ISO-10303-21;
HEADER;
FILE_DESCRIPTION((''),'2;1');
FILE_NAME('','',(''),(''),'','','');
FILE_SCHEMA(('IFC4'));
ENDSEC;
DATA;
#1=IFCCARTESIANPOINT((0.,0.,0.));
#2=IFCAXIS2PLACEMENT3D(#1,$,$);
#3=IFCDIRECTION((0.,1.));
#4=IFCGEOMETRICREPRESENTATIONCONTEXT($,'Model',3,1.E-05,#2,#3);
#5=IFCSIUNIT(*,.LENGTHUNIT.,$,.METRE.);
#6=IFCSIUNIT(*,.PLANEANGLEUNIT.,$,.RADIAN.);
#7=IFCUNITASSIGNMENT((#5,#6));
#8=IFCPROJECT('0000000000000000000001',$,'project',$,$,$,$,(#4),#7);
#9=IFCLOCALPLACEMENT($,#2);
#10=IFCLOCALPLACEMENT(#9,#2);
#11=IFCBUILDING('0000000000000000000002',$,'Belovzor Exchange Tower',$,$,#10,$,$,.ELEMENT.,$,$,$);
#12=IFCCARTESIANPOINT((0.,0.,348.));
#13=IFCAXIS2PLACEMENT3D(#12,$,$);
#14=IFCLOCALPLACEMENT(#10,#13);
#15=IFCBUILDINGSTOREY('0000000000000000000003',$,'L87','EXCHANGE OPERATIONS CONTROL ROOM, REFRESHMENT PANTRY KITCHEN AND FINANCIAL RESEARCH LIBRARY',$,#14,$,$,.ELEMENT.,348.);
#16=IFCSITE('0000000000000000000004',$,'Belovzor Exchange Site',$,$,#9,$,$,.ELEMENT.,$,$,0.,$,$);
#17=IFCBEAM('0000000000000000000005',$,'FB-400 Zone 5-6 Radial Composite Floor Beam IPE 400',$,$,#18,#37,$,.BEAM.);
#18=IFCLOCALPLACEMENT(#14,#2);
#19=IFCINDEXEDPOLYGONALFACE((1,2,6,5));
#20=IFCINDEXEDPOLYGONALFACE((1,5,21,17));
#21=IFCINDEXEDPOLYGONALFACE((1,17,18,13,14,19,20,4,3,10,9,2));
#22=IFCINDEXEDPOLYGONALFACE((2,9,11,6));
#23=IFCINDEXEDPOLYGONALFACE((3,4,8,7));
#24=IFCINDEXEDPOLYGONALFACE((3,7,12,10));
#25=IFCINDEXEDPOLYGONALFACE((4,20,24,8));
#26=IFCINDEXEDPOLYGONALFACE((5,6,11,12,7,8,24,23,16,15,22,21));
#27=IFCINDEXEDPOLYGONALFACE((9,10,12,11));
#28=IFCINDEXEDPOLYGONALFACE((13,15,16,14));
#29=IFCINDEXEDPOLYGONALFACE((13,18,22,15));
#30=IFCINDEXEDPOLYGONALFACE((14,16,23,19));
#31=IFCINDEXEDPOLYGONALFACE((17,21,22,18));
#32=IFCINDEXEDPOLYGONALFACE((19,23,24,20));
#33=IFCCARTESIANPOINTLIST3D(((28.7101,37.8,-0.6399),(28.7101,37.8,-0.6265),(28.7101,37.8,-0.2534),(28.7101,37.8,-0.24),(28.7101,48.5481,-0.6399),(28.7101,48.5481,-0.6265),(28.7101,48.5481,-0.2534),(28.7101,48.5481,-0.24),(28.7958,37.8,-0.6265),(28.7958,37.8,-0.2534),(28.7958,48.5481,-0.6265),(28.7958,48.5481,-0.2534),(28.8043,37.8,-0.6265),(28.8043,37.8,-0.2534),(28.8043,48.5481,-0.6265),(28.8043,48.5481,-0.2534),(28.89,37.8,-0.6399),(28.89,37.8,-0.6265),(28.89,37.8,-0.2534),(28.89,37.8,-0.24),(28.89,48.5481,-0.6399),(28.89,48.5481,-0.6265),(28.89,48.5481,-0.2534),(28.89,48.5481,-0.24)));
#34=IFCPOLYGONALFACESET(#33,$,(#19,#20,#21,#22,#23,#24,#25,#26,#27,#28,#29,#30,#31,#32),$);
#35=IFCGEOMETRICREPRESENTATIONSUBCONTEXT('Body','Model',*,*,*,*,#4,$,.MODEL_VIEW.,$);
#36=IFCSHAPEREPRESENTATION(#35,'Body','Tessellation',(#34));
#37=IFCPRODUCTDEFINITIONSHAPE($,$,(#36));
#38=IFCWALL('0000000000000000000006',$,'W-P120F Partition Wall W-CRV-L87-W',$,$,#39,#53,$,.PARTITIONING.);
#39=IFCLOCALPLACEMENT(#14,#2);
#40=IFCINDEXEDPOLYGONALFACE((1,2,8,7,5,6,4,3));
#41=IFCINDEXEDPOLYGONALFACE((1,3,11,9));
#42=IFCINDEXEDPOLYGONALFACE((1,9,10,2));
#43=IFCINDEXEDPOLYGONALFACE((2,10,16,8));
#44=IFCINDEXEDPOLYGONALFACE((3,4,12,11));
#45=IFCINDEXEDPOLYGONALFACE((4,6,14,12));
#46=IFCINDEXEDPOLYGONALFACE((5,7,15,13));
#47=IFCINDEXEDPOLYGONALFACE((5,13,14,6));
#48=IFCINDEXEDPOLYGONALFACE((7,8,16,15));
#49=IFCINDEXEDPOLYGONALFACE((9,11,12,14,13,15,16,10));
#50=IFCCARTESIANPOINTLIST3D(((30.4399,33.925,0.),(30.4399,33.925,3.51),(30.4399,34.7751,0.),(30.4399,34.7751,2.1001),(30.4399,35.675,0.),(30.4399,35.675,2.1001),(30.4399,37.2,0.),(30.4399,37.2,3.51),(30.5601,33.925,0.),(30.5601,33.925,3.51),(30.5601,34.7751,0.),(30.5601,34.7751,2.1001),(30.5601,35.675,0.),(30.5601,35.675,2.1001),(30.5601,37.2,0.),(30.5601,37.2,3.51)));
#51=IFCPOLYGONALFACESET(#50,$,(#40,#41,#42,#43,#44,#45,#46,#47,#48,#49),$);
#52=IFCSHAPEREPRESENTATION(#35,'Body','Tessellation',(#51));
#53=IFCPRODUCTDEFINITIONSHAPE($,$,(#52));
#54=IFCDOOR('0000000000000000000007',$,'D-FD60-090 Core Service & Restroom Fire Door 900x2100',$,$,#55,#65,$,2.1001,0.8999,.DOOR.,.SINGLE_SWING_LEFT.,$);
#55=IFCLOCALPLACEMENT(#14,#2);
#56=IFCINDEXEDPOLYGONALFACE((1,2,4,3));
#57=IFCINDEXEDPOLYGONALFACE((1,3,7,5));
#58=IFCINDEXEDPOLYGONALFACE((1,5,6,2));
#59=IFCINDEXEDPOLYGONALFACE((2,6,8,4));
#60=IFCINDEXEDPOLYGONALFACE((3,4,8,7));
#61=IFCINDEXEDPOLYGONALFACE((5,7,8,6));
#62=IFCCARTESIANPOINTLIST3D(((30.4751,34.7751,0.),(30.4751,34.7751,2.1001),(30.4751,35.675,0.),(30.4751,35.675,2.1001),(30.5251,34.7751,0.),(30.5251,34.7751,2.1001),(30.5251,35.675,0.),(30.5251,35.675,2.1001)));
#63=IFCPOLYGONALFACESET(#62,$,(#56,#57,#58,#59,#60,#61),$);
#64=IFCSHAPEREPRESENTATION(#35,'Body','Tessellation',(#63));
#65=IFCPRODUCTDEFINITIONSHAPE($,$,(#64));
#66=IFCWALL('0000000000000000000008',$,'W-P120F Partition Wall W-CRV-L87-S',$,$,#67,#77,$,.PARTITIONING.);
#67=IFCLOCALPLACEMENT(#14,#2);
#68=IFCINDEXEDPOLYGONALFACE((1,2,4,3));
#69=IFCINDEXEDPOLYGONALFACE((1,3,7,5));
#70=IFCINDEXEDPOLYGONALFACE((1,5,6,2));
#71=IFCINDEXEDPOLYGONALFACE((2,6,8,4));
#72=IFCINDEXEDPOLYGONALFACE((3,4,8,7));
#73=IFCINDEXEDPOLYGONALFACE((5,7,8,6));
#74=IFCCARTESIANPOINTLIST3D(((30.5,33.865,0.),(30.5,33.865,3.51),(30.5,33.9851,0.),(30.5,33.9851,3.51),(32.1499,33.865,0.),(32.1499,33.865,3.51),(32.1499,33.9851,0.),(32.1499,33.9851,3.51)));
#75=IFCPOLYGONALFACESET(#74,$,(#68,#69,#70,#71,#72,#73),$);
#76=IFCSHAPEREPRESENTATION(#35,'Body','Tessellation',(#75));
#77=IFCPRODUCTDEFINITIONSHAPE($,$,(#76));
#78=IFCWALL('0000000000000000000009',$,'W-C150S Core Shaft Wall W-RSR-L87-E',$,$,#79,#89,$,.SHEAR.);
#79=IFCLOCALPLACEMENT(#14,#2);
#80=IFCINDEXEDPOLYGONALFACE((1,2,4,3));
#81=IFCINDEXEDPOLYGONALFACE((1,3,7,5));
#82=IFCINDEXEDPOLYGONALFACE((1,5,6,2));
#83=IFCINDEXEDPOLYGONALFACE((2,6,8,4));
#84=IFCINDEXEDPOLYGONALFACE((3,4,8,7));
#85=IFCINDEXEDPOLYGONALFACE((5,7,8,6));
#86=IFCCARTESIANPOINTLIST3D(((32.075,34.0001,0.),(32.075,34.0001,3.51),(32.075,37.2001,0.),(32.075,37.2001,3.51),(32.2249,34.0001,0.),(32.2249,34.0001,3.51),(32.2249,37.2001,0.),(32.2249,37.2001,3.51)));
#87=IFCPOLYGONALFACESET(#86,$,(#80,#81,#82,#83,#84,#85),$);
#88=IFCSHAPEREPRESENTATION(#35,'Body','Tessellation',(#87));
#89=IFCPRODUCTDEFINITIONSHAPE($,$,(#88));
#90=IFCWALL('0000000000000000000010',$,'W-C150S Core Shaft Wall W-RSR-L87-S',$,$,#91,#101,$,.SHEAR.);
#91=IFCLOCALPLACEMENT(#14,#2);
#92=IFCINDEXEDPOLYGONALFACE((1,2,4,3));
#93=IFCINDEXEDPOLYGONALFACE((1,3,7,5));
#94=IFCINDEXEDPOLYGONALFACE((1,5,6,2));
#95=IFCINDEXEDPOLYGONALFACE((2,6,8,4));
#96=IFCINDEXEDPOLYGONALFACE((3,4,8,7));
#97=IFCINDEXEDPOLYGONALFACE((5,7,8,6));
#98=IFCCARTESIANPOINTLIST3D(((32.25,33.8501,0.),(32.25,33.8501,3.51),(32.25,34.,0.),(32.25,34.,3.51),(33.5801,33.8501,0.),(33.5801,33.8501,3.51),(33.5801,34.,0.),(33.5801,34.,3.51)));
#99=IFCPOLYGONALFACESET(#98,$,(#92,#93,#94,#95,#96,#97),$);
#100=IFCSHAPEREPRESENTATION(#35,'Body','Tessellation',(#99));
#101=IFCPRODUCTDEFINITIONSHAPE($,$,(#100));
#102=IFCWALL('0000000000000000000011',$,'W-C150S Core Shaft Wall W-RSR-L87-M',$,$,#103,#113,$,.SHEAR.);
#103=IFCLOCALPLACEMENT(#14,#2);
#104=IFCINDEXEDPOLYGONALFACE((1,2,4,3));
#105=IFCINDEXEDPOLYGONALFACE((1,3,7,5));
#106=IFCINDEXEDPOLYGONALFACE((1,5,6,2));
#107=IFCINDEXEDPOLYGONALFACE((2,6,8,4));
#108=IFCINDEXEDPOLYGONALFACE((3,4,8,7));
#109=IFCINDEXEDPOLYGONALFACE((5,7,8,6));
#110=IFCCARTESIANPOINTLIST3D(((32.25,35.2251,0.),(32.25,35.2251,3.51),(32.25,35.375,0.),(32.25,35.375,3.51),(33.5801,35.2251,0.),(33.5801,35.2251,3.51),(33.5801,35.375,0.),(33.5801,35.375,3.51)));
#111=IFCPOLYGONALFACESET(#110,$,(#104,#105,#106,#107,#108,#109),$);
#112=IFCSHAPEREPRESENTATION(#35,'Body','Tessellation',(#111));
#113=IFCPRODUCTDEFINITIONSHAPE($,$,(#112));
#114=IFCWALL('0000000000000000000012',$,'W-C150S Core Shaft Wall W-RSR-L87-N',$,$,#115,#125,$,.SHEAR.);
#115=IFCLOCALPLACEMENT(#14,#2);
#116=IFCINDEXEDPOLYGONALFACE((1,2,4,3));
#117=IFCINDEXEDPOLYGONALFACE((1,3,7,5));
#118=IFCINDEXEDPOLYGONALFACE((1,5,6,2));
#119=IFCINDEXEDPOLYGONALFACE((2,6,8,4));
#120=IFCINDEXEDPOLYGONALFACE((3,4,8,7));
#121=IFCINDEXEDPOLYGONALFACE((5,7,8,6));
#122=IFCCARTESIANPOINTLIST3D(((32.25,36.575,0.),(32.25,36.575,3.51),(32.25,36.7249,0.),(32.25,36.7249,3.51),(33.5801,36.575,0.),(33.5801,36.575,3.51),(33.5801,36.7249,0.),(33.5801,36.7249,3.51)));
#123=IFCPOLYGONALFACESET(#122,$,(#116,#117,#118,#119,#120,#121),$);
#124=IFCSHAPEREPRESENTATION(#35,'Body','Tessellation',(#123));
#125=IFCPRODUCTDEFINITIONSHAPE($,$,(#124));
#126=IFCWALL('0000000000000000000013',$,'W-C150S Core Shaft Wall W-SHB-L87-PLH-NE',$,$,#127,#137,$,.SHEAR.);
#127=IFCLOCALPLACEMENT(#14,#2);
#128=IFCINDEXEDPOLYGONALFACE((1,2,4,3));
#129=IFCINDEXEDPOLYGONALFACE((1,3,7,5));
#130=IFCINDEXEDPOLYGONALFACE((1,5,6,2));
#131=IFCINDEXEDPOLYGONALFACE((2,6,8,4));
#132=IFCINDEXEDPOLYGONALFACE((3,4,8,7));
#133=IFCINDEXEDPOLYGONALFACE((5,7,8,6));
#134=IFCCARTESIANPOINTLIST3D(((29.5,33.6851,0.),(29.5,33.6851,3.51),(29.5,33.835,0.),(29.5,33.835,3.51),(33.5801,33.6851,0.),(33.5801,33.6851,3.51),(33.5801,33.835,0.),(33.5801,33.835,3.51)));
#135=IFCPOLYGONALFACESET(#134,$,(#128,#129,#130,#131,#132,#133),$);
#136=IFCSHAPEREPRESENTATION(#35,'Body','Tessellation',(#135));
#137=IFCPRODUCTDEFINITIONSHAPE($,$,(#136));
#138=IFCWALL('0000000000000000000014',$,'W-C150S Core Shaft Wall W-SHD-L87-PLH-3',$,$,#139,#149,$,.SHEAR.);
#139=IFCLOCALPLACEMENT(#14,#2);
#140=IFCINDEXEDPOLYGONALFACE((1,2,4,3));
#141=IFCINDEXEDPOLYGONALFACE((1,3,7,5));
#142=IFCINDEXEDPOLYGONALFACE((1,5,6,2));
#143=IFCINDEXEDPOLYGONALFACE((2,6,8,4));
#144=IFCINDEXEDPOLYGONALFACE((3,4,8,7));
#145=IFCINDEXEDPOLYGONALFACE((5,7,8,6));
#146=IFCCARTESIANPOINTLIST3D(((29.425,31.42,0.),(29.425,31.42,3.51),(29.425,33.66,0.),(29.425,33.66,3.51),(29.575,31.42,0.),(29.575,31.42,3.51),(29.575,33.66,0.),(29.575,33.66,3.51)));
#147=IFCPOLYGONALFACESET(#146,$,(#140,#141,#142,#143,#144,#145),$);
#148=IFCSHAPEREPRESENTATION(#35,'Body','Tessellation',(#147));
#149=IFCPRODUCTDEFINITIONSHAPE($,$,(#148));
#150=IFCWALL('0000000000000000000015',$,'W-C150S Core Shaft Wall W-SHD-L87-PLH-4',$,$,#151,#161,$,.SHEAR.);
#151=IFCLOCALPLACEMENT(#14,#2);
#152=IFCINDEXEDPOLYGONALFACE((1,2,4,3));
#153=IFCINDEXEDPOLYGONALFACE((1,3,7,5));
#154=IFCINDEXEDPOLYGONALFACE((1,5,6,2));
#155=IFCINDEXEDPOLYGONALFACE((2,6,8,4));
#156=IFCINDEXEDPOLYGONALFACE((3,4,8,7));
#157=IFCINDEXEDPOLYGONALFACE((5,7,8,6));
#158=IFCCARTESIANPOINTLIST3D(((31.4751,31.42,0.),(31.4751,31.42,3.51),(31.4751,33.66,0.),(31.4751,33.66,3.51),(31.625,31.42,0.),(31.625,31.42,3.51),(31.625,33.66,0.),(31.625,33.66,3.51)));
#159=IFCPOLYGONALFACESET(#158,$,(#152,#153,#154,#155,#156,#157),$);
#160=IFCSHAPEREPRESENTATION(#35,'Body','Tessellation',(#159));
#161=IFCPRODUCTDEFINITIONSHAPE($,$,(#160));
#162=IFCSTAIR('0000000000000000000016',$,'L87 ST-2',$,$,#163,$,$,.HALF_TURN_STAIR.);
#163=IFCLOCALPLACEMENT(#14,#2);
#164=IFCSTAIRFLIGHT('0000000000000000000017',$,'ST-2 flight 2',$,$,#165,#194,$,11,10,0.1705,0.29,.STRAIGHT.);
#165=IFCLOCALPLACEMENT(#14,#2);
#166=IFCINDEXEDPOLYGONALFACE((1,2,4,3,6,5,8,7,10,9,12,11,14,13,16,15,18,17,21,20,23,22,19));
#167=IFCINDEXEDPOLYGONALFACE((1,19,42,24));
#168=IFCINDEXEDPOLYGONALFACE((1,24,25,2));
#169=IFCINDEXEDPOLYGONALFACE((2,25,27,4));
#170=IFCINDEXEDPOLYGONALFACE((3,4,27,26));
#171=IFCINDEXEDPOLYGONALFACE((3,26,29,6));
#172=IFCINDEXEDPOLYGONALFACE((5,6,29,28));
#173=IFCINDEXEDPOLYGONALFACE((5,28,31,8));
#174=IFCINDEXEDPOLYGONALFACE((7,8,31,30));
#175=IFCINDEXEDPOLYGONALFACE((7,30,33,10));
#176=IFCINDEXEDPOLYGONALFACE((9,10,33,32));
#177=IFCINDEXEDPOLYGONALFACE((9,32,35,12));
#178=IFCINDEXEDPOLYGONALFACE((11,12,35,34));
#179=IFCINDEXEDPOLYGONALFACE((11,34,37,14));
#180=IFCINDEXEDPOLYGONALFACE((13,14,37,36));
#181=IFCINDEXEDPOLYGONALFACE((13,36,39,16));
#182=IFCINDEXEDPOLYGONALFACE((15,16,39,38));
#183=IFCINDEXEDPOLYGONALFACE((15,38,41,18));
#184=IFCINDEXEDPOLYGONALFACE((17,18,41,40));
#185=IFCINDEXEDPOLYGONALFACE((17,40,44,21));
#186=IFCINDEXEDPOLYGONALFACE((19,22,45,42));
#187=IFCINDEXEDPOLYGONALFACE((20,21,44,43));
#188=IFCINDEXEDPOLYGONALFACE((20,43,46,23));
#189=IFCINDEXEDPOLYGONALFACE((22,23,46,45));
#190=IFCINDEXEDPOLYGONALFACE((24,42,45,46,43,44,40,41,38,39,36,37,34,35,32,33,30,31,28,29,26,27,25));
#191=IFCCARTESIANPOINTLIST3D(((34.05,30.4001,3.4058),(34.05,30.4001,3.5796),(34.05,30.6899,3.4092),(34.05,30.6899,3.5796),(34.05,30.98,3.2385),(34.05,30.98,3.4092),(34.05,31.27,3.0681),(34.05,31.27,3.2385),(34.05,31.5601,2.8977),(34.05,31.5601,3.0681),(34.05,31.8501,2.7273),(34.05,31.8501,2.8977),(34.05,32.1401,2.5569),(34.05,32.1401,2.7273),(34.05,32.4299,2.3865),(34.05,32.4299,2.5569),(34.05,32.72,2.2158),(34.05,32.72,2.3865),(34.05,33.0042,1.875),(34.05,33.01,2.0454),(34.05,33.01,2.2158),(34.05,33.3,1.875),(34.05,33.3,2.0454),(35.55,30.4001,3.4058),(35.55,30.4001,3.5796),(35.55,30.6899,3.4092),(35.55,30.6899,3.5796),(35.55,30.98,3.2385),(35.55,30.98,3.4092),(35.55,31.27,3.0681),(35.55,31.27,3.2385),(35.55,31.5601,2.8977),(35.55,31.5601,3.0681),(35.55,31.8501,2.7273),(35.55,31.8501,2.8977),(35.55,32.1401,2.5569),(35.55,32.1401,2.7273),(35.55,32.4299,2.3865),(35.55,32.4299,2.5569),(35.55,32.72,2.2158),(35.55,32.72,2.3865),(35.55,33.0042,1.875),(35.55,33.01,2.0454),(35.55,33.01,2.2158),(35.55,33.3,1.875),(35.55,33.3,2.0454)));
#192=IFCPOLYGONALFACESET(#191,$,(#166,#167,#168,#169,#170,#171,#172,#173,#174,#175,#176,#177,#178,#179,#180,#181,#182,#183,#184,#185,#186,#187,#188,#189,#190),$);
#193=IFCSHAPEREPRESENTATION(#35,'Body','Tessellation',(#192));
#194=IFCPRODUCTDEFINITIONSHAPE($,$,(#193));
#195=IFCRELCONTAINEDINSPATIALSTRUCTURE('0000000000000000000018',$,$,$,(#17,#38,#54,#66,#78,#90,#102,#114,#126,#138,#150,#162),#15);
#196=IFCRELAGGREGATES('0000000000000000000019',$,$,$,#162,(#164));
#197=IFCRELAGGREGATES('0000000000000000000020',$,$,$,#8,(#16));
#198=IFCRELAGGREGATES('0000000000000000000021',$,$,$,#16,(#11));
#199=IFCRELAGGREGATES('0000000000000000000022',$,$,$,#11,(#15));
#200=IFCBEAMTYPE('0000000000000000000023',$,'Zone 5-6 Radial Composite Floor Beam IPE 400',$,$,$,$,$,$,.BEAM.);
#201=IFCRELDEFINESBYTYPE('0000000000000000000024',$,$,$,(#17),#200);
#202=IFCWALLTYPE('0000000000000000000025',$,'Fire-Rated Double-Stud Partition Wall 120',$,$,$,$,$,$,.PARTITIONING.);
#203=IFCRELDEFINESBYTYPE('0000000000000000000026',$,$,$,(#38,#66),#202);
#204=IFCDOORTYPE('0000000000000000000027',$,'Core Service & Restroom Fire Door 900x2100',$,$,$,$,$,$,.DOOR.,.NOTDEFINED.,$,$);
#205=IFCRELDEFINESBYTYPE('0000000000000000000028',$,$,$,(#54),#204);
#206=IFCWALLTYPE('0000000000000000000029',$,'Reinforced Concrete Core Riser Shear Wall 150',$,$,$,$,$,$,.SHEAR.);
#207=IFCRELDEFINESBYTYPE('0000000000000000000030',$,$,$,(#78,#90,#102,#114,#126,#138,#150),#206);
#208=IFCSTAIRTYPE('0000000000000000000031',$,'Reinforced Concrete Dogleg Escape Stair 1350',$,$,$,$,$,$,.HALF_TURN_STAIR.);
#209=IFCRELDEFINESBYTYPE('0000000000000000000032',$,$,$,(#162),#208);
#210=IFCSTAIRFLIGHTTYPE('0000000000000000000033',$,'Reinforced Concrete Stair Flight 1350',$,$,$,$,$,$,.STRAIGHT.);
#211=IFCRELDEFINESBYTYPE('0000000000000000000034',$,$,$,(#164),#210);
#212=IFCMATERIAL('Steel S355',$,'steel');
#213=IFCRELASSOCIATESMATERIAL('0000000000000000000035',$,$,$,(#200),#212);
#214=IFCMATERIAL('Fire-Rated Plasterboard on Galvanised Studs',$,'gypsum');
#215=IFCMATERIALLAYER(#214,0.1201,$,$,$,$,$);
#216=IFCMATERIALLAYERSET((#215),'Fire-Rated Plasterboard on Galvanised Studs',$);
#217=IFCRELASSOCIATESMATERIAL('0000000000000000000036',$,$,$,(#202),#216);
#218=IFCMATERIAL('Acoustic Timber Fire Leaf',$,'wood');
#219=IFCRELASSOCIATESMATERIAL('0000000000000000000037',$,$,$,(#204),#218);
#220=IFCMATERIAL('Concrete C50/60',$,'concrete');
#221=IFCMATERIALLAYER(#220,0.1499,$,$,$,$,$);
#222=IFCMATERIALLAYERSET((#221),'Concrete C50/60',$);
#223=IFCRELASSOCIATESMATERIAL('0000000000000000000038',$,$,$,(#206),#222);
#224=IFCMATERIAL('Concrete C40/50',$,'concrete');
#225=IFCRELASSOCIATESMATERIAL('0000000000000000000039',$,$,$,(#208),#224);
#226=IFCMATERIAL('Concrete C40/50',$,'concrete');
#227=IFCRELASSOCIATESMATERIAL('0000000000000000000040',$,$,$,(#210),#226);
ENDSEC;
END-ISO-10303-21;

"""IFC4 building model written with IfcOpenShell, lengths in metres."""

from ifc_helpers import new_model, si_unit, direction, frame, frame_2d, origin, origin_2d, place, context, subcontext, project, spatial, polyline, rectangle, i_section, outline, extrude, material, layer, layer_set, material_profile, profile_set, type_object, element, fill, aggregate, save


model = new_model("IFC4")

# Units and contexts
model_context = context("Model", 3, precision=1e-05, world=origin(), true_north=direction((0.0, 1.0)))
body_context = subcontext(model_context, "Body", "Model", "MODEL_VIEW")
ifc_project = project(units=[si_unit("LENGTHUNIT", "METRE"), si_unit("PLANEANGLEUNIT", "RADIAN")], contexts=[model_context])

# Site, building, storey
site_placement = place(None, origin())
site = spatial("IfcSite", under=ifc_project, at=site_placement, Name="Belovzor Exchange Site", CompositionType="ELEMENT", RefElevation=0.0)
building_placement = place(site_placement, origin())
building = spatial("IfcBuilding", under=site, at=building_placement, Name="Belovzor Exchange Tower", CompositionType="ELEMENT")
storey_placement = place(building_placement, frame((0.0, 0.0, 348.0)))
storey = spatial("IfcBuildingStorey", under=building, at=storey_placement, Name="L87", Description="EXCHANGE OPERATIONS CONTROL ROOM, REFRESHMENT PANTRY KITCHEN AND FINANCIAL RESEARCH LIBRARY", CompositionType="ELEMENT", Elevation=348.0)

# Beam
ifc_material_1 = material(Name="Steel S355", Category="steel")
ifc_material_profile = material_profile(ifc_material_1, i_section(OverallWidth=0.1799, OverallDepth=0.3999, WebThickness=0.0085, FlangeThickness=0.0134, at=origin_2d()))
ifc_profile_set = profile_set([ifc_material_profile], Name="Steel S355")
beam_type = type_object("IfcBeamType", Name="Zone 5-6 Radial Composite Floor Beam IPE 400", PredefinedType="BEAM", material=ifc_profile_set)
beam_placement = place(storey_placement, frame((28.8, 37.8, -0.4399), z_axis=(0.0, 1.0, 0.0), x_axis=(-1.0, 0.0, 0.0)))
element("IfcBeam", 1, at=beam_placement, inside=storey, type_object=beam_type, Name="FB-400 Zone 5-6 Radial Composite Floor Beam IPE 400", PredefinedType="BEAM", context=body_context, shape_type="SweptSolid", body=[
    extrude(i_section(OverallWidth=0.1799, OverallDepth=0.3999, WebThickness=0.0085, FlangeThickness=0.0134, at=origin_2d()), origin(), (0.0, 0.0, 1.0), 10.748),
])

# Wall, opening, door
ifc_material_2 = material(Name="Fire-Rated Plasterboard on Galvanised Studs", Category="gypsum")
ifc_layer_1 = layer(ifc_material_2, 0.1201)
ifc_layer_set_1 = layer_set([ifc_layer_1], Name="Fire-Rated Plasterboard on Galvanised Studs")
wall_type_1 = type_object("IfcWallType", Name="Fire-Rated Double-Stud Partition Wall 120", PredefinedType="PARTITIONING", material=ifc_layer_set_1)
wall_1_placement = place(storey_placement, frame((30.5, 33.925, 0.0), z_axis=(0.0, 0.0, 1.0), x_axis=(0.0, 1.0, 0.0)))
wall_1 = element("IfcWall", 2, at=wall_1_placement, inside=storey, type_object=wall_type_1, Name="W-P120F Partition Wall W-CRV-L87-W", PredefinedType="PARTITIONING", context=body_context, shape_type="SweptSolid", body=[
    extrude(rectangle(XDim=3.2749, YDim=0.1201, at=frame_2d((1.6375, 0.0))), origin(), (0.0, 0.0, 1.0), 3.51),
])
opening_1_placement = place(wall_1_placement, frame((0.8501, 0.0, 0.0)))
opening_1 = element("IfcOpeningElement", 3, at=opening_1_placement, cuts=wall_1, PredefinedType="OPENING", context=body_context, shape_type="SweptSolid", body=[
    extrude(rectangle(XDim=0.8999, YDim=2.1001, at=frame_2d((0.45, 1.05))), frame((0.0, 0.0701, 0.0), z_axis=(0.0, -1.0, 0.0), x_axis=(1.0, 0.0, 0.0)), (0.0, 0.0, 1.0), 0.1401),
])
ifc_material_3 = material(Name="Acoustic Timber Fire Leaf", Category="wood")
door_type_1 = type_object("IfcDoorType", Name="Core Service & Restroom Fire Door 900x2100", OperationType="NOTDEFINED", PredefinedType="DOOR", material=ifc_material_3)
door_1_placement = place(opening_1_placement, origin())
door_1 = element("IfcDoor", 4, at=door_1_placement, inside=storey, type_object=door_type_1, Name="D-FD60-090 Core Service & Restroom Fire Door 900x2100", OperationType="SINGLE_SWING_LEFT", OverallHeight=2.1001, OverallWidth=0.8999, PredefinedType="DOOR", context=body_context, shape_type="SweptSolid", body=[
    extrude(rectangle(XDim=0.8999, YDim=2.1001, at=frame_2d((0.45, 1.05))), frame((0.0, 0.0249, 0.0), z_axis=(0.0, -1.0, 0.0), x_axis=(1.0, 0.0, 0.0)), (0.0, 0.0, 1.0), 0.05),
])
fill(opening_1, door_1)

# Walls
wall_2_placement = place(storey_placement, frame((30.5, 33.925, 0.0), z_axis=(0.0, 0.0, 1.0), x_axis=(1.0, 0.0, 0.0)))
element("IfcWall", 5, at=wall_2_placement, inside=storey, type_object=wall_type_1, Name="W-P120F Partition Wall W-CRV-L87-S", PredefinedType="PARTITIONING", context=body_context, shape_type="SweptSolid", body=[
    extrude(rectangle(XDim=1.6499, YDim=0.1201, at=frame_2d((0.825, 0.0))), origin(), (0.0, 0.0, 1.0), 3.51),
])
ifc_material_4 = material(Name="Concrete C50/60", Category="concrete")
ifc_layer_2 = layer(ifc_material_4, 0.1499)
ifc_layer_set_2 = layer_set([ifc_layer_2], Name="Concrete C50/60")
wall_type_2 = type_object("IfcWallType", Name="Reinforced Concrete Core Riser Shear Wall 150", PredefinedType="SHEAR", material=ifc_layer_set_2)
wall_3_placement = place(storey_placement, frame((32.1499, 34.0, 0.0), z_axis=(0.0, 0.0, 1.0), x_axis=(0.0, 1.0, 0.0)))
element("IfcWall", 6, at=wall_3_placement, inside=storey, type_object=wall_type_2, Name="W-C150S Core Shaft Wall W-RSR-L87-E", PredefinedType="SHEAR", context=body_context, shape_type="SweptSolid", body=[
    extrude(rectangle(XDim=3.2, YDim=0.1499, at=frame_2d((1.6001, 0.0))), origin(), (0.0, 0.0, 1.0), 3.51),
])
for number, where, z_axis, x_axis, name in (
    (7, (32.25, 33.925, 0.0), (0.0, 0.0, 1.0), (1.0, 0.0, 0.0), "W-C150S Core Shaft Wall W-RSR-L87-S"),
    (8, (32.25, 35.3, 0.0), (0.0, 0.0, 1.0), (1.0, 0.0, 0.0), "W-C150S Core Shaft Wall W-RSR-L87-M"),
    (9, (32.25, 36.6499, 0.0), (0.0, 0.0, 1.0), (1.0, 0.0, 0.0), "W-C150S Core Shaft Wall W-RSR-L87-N"),
):
    element("IfcWall", number, at=place(storey_placement, frame(where, z_axis=z_axis, x_axis=x_axis)), inside=storey, type_object=wall_type_2, Name=name, PredefinedType="SHEAR", context=body_context, shape_type="SweptSolid", body=[
        extrude(rectangle(XDim=1.3301, YDim=0.1499, at=frame_2d((0.665, 0.0))), origin(), (0.0, 0.0, 1.0), 3.51),
    ])
wall_4_placement = place(storey_placement, frame((29.5, 33.76, 0.0), z_axis=(0.0, 0.0, 1.0), x_axis=(1.0, 0.0, 0.0)))
element("IfcWall", 10, at=wall_4_placement, inside=storey, type_object=wall_type_2, Name="W-C150S Core Shaft Wall W-SHB-L87-PLH-NE", PredefinedType="SHEAR", context=body_context, shape_type="SweptSolid", body=[
    extrude(rectangle(XDim=4.0801, YDim=0.1499, at=frame_2d((2.04, 0.0))), origin(), (0.0, 0.0, 1.0), 3.51),
])
for number, where, z_axis, x_axis, name in (
    (11, (29.5, 31.4199, 0.0), (0.0, 0.0, 1.0), (0.0, 1.0, 0.0), "W-C150S Core Shaft Wall W-SHD-L87-PLH-3"),
    (12, (31.55, 31.4199, 0.0), (0.0, 0.0, 1.0), (0.0, 1.0, 0.0), "W-C150S Core Shaft Wall W-SHD-L87-PLH-4"),
):
    element("IfcWall", number, at=place(storey_placement, frame(where, z_axis=z_axis, x_axis=x_axis)), inside=storey, type_object=wall_type_2, Name=name, PredefinedType="SHEAR", context=body_context, shape_type="SweptSolid", body=[
        extrude(rectangle(XDim=2.24, YDim=0.1499, at=frame_2d((1.1201, 0.0))), origin(), (0.0, 0.0, 1.0), 3.51),
    ])

# Stair, stair flight
ifc_material_5 = material(Name="Concrete C40/50", Category="concrete")
stair_type = type_object("IfcStairType", Name="Reinforced Concrete Dogleg Escape Stair 1350", PredefinedType="HALF_TURN_STAIR", material=ifc_material_5)
stair_placement = place(storey_placement, origin())
stair = element("IfcStair", 13, at=stair_placement, inside=storey, type_object=stair_type, Name="L87 ST-2", PredefinedType="HALF_TURN_STAIR")
ifc_material_6 = material(Name="Concrete C40/50", Category="concrete")
stair_flight_type = type_object("IfcStairFlightType", Name="Reinforced Concrete Stair Flight 1350", PredefinedType="STRAIGHT", material=ifc_material_6)
stair_flight_placement = place(storey_placement, frame((34.8, 33.3, 1.875), z_axis=(0.0, 0.0, 1.0), x_axis=(0.0, -1.0, 0.0)))
stair_flight = element("IfcStairFlight", 14, at=stair_flight_placement, type_object=stair_flight_type, Name="ST-2 flight 2", NumberOfRisers=11, NumberOfTreads=10, PredefinedType="STRAIGHT", RiserHeight=0.1705, TreadLength=0.29, context=body_context, shape_type="SweptSolid", body=[
    extrude(outline(polyline([(0.0, 0.0), (0.0, 0.1704), (0.29, 0.1704), (0.29, 0.3408), (0.5801, 0.3408), (0.5801, 0.5115), (0.8701, 0.5115), (0.8701, 0.6819), (1.1599, 0.6819), (1.1599, 0.8523), (1.45, 0.8523), (1.45, 1.0227), (1.74, 1.0227), (1.74, 1.1931), (2.03, 1.1931), (2.03, 1.3635), (2.3201, 1.3635), (2.3201, 1.5342), (2.6101, 1.5342), (2.6101, 1.7046), (2.8999, 1.7046), (2.8999, 1.875), (2.8999, 1.5308), (0.2959, 0.0), (0.0, 0.0)])), frame((0.0, 0.75, 0.0), z_axis=(0.0, -1.0, 0.0), x_axis=(1.0, 0.0, 0.0)), (0.0, 0.0, 1.0), 1.5),
])
aggregate(stair, [stair_flight])

save(model, "model.ifc")
